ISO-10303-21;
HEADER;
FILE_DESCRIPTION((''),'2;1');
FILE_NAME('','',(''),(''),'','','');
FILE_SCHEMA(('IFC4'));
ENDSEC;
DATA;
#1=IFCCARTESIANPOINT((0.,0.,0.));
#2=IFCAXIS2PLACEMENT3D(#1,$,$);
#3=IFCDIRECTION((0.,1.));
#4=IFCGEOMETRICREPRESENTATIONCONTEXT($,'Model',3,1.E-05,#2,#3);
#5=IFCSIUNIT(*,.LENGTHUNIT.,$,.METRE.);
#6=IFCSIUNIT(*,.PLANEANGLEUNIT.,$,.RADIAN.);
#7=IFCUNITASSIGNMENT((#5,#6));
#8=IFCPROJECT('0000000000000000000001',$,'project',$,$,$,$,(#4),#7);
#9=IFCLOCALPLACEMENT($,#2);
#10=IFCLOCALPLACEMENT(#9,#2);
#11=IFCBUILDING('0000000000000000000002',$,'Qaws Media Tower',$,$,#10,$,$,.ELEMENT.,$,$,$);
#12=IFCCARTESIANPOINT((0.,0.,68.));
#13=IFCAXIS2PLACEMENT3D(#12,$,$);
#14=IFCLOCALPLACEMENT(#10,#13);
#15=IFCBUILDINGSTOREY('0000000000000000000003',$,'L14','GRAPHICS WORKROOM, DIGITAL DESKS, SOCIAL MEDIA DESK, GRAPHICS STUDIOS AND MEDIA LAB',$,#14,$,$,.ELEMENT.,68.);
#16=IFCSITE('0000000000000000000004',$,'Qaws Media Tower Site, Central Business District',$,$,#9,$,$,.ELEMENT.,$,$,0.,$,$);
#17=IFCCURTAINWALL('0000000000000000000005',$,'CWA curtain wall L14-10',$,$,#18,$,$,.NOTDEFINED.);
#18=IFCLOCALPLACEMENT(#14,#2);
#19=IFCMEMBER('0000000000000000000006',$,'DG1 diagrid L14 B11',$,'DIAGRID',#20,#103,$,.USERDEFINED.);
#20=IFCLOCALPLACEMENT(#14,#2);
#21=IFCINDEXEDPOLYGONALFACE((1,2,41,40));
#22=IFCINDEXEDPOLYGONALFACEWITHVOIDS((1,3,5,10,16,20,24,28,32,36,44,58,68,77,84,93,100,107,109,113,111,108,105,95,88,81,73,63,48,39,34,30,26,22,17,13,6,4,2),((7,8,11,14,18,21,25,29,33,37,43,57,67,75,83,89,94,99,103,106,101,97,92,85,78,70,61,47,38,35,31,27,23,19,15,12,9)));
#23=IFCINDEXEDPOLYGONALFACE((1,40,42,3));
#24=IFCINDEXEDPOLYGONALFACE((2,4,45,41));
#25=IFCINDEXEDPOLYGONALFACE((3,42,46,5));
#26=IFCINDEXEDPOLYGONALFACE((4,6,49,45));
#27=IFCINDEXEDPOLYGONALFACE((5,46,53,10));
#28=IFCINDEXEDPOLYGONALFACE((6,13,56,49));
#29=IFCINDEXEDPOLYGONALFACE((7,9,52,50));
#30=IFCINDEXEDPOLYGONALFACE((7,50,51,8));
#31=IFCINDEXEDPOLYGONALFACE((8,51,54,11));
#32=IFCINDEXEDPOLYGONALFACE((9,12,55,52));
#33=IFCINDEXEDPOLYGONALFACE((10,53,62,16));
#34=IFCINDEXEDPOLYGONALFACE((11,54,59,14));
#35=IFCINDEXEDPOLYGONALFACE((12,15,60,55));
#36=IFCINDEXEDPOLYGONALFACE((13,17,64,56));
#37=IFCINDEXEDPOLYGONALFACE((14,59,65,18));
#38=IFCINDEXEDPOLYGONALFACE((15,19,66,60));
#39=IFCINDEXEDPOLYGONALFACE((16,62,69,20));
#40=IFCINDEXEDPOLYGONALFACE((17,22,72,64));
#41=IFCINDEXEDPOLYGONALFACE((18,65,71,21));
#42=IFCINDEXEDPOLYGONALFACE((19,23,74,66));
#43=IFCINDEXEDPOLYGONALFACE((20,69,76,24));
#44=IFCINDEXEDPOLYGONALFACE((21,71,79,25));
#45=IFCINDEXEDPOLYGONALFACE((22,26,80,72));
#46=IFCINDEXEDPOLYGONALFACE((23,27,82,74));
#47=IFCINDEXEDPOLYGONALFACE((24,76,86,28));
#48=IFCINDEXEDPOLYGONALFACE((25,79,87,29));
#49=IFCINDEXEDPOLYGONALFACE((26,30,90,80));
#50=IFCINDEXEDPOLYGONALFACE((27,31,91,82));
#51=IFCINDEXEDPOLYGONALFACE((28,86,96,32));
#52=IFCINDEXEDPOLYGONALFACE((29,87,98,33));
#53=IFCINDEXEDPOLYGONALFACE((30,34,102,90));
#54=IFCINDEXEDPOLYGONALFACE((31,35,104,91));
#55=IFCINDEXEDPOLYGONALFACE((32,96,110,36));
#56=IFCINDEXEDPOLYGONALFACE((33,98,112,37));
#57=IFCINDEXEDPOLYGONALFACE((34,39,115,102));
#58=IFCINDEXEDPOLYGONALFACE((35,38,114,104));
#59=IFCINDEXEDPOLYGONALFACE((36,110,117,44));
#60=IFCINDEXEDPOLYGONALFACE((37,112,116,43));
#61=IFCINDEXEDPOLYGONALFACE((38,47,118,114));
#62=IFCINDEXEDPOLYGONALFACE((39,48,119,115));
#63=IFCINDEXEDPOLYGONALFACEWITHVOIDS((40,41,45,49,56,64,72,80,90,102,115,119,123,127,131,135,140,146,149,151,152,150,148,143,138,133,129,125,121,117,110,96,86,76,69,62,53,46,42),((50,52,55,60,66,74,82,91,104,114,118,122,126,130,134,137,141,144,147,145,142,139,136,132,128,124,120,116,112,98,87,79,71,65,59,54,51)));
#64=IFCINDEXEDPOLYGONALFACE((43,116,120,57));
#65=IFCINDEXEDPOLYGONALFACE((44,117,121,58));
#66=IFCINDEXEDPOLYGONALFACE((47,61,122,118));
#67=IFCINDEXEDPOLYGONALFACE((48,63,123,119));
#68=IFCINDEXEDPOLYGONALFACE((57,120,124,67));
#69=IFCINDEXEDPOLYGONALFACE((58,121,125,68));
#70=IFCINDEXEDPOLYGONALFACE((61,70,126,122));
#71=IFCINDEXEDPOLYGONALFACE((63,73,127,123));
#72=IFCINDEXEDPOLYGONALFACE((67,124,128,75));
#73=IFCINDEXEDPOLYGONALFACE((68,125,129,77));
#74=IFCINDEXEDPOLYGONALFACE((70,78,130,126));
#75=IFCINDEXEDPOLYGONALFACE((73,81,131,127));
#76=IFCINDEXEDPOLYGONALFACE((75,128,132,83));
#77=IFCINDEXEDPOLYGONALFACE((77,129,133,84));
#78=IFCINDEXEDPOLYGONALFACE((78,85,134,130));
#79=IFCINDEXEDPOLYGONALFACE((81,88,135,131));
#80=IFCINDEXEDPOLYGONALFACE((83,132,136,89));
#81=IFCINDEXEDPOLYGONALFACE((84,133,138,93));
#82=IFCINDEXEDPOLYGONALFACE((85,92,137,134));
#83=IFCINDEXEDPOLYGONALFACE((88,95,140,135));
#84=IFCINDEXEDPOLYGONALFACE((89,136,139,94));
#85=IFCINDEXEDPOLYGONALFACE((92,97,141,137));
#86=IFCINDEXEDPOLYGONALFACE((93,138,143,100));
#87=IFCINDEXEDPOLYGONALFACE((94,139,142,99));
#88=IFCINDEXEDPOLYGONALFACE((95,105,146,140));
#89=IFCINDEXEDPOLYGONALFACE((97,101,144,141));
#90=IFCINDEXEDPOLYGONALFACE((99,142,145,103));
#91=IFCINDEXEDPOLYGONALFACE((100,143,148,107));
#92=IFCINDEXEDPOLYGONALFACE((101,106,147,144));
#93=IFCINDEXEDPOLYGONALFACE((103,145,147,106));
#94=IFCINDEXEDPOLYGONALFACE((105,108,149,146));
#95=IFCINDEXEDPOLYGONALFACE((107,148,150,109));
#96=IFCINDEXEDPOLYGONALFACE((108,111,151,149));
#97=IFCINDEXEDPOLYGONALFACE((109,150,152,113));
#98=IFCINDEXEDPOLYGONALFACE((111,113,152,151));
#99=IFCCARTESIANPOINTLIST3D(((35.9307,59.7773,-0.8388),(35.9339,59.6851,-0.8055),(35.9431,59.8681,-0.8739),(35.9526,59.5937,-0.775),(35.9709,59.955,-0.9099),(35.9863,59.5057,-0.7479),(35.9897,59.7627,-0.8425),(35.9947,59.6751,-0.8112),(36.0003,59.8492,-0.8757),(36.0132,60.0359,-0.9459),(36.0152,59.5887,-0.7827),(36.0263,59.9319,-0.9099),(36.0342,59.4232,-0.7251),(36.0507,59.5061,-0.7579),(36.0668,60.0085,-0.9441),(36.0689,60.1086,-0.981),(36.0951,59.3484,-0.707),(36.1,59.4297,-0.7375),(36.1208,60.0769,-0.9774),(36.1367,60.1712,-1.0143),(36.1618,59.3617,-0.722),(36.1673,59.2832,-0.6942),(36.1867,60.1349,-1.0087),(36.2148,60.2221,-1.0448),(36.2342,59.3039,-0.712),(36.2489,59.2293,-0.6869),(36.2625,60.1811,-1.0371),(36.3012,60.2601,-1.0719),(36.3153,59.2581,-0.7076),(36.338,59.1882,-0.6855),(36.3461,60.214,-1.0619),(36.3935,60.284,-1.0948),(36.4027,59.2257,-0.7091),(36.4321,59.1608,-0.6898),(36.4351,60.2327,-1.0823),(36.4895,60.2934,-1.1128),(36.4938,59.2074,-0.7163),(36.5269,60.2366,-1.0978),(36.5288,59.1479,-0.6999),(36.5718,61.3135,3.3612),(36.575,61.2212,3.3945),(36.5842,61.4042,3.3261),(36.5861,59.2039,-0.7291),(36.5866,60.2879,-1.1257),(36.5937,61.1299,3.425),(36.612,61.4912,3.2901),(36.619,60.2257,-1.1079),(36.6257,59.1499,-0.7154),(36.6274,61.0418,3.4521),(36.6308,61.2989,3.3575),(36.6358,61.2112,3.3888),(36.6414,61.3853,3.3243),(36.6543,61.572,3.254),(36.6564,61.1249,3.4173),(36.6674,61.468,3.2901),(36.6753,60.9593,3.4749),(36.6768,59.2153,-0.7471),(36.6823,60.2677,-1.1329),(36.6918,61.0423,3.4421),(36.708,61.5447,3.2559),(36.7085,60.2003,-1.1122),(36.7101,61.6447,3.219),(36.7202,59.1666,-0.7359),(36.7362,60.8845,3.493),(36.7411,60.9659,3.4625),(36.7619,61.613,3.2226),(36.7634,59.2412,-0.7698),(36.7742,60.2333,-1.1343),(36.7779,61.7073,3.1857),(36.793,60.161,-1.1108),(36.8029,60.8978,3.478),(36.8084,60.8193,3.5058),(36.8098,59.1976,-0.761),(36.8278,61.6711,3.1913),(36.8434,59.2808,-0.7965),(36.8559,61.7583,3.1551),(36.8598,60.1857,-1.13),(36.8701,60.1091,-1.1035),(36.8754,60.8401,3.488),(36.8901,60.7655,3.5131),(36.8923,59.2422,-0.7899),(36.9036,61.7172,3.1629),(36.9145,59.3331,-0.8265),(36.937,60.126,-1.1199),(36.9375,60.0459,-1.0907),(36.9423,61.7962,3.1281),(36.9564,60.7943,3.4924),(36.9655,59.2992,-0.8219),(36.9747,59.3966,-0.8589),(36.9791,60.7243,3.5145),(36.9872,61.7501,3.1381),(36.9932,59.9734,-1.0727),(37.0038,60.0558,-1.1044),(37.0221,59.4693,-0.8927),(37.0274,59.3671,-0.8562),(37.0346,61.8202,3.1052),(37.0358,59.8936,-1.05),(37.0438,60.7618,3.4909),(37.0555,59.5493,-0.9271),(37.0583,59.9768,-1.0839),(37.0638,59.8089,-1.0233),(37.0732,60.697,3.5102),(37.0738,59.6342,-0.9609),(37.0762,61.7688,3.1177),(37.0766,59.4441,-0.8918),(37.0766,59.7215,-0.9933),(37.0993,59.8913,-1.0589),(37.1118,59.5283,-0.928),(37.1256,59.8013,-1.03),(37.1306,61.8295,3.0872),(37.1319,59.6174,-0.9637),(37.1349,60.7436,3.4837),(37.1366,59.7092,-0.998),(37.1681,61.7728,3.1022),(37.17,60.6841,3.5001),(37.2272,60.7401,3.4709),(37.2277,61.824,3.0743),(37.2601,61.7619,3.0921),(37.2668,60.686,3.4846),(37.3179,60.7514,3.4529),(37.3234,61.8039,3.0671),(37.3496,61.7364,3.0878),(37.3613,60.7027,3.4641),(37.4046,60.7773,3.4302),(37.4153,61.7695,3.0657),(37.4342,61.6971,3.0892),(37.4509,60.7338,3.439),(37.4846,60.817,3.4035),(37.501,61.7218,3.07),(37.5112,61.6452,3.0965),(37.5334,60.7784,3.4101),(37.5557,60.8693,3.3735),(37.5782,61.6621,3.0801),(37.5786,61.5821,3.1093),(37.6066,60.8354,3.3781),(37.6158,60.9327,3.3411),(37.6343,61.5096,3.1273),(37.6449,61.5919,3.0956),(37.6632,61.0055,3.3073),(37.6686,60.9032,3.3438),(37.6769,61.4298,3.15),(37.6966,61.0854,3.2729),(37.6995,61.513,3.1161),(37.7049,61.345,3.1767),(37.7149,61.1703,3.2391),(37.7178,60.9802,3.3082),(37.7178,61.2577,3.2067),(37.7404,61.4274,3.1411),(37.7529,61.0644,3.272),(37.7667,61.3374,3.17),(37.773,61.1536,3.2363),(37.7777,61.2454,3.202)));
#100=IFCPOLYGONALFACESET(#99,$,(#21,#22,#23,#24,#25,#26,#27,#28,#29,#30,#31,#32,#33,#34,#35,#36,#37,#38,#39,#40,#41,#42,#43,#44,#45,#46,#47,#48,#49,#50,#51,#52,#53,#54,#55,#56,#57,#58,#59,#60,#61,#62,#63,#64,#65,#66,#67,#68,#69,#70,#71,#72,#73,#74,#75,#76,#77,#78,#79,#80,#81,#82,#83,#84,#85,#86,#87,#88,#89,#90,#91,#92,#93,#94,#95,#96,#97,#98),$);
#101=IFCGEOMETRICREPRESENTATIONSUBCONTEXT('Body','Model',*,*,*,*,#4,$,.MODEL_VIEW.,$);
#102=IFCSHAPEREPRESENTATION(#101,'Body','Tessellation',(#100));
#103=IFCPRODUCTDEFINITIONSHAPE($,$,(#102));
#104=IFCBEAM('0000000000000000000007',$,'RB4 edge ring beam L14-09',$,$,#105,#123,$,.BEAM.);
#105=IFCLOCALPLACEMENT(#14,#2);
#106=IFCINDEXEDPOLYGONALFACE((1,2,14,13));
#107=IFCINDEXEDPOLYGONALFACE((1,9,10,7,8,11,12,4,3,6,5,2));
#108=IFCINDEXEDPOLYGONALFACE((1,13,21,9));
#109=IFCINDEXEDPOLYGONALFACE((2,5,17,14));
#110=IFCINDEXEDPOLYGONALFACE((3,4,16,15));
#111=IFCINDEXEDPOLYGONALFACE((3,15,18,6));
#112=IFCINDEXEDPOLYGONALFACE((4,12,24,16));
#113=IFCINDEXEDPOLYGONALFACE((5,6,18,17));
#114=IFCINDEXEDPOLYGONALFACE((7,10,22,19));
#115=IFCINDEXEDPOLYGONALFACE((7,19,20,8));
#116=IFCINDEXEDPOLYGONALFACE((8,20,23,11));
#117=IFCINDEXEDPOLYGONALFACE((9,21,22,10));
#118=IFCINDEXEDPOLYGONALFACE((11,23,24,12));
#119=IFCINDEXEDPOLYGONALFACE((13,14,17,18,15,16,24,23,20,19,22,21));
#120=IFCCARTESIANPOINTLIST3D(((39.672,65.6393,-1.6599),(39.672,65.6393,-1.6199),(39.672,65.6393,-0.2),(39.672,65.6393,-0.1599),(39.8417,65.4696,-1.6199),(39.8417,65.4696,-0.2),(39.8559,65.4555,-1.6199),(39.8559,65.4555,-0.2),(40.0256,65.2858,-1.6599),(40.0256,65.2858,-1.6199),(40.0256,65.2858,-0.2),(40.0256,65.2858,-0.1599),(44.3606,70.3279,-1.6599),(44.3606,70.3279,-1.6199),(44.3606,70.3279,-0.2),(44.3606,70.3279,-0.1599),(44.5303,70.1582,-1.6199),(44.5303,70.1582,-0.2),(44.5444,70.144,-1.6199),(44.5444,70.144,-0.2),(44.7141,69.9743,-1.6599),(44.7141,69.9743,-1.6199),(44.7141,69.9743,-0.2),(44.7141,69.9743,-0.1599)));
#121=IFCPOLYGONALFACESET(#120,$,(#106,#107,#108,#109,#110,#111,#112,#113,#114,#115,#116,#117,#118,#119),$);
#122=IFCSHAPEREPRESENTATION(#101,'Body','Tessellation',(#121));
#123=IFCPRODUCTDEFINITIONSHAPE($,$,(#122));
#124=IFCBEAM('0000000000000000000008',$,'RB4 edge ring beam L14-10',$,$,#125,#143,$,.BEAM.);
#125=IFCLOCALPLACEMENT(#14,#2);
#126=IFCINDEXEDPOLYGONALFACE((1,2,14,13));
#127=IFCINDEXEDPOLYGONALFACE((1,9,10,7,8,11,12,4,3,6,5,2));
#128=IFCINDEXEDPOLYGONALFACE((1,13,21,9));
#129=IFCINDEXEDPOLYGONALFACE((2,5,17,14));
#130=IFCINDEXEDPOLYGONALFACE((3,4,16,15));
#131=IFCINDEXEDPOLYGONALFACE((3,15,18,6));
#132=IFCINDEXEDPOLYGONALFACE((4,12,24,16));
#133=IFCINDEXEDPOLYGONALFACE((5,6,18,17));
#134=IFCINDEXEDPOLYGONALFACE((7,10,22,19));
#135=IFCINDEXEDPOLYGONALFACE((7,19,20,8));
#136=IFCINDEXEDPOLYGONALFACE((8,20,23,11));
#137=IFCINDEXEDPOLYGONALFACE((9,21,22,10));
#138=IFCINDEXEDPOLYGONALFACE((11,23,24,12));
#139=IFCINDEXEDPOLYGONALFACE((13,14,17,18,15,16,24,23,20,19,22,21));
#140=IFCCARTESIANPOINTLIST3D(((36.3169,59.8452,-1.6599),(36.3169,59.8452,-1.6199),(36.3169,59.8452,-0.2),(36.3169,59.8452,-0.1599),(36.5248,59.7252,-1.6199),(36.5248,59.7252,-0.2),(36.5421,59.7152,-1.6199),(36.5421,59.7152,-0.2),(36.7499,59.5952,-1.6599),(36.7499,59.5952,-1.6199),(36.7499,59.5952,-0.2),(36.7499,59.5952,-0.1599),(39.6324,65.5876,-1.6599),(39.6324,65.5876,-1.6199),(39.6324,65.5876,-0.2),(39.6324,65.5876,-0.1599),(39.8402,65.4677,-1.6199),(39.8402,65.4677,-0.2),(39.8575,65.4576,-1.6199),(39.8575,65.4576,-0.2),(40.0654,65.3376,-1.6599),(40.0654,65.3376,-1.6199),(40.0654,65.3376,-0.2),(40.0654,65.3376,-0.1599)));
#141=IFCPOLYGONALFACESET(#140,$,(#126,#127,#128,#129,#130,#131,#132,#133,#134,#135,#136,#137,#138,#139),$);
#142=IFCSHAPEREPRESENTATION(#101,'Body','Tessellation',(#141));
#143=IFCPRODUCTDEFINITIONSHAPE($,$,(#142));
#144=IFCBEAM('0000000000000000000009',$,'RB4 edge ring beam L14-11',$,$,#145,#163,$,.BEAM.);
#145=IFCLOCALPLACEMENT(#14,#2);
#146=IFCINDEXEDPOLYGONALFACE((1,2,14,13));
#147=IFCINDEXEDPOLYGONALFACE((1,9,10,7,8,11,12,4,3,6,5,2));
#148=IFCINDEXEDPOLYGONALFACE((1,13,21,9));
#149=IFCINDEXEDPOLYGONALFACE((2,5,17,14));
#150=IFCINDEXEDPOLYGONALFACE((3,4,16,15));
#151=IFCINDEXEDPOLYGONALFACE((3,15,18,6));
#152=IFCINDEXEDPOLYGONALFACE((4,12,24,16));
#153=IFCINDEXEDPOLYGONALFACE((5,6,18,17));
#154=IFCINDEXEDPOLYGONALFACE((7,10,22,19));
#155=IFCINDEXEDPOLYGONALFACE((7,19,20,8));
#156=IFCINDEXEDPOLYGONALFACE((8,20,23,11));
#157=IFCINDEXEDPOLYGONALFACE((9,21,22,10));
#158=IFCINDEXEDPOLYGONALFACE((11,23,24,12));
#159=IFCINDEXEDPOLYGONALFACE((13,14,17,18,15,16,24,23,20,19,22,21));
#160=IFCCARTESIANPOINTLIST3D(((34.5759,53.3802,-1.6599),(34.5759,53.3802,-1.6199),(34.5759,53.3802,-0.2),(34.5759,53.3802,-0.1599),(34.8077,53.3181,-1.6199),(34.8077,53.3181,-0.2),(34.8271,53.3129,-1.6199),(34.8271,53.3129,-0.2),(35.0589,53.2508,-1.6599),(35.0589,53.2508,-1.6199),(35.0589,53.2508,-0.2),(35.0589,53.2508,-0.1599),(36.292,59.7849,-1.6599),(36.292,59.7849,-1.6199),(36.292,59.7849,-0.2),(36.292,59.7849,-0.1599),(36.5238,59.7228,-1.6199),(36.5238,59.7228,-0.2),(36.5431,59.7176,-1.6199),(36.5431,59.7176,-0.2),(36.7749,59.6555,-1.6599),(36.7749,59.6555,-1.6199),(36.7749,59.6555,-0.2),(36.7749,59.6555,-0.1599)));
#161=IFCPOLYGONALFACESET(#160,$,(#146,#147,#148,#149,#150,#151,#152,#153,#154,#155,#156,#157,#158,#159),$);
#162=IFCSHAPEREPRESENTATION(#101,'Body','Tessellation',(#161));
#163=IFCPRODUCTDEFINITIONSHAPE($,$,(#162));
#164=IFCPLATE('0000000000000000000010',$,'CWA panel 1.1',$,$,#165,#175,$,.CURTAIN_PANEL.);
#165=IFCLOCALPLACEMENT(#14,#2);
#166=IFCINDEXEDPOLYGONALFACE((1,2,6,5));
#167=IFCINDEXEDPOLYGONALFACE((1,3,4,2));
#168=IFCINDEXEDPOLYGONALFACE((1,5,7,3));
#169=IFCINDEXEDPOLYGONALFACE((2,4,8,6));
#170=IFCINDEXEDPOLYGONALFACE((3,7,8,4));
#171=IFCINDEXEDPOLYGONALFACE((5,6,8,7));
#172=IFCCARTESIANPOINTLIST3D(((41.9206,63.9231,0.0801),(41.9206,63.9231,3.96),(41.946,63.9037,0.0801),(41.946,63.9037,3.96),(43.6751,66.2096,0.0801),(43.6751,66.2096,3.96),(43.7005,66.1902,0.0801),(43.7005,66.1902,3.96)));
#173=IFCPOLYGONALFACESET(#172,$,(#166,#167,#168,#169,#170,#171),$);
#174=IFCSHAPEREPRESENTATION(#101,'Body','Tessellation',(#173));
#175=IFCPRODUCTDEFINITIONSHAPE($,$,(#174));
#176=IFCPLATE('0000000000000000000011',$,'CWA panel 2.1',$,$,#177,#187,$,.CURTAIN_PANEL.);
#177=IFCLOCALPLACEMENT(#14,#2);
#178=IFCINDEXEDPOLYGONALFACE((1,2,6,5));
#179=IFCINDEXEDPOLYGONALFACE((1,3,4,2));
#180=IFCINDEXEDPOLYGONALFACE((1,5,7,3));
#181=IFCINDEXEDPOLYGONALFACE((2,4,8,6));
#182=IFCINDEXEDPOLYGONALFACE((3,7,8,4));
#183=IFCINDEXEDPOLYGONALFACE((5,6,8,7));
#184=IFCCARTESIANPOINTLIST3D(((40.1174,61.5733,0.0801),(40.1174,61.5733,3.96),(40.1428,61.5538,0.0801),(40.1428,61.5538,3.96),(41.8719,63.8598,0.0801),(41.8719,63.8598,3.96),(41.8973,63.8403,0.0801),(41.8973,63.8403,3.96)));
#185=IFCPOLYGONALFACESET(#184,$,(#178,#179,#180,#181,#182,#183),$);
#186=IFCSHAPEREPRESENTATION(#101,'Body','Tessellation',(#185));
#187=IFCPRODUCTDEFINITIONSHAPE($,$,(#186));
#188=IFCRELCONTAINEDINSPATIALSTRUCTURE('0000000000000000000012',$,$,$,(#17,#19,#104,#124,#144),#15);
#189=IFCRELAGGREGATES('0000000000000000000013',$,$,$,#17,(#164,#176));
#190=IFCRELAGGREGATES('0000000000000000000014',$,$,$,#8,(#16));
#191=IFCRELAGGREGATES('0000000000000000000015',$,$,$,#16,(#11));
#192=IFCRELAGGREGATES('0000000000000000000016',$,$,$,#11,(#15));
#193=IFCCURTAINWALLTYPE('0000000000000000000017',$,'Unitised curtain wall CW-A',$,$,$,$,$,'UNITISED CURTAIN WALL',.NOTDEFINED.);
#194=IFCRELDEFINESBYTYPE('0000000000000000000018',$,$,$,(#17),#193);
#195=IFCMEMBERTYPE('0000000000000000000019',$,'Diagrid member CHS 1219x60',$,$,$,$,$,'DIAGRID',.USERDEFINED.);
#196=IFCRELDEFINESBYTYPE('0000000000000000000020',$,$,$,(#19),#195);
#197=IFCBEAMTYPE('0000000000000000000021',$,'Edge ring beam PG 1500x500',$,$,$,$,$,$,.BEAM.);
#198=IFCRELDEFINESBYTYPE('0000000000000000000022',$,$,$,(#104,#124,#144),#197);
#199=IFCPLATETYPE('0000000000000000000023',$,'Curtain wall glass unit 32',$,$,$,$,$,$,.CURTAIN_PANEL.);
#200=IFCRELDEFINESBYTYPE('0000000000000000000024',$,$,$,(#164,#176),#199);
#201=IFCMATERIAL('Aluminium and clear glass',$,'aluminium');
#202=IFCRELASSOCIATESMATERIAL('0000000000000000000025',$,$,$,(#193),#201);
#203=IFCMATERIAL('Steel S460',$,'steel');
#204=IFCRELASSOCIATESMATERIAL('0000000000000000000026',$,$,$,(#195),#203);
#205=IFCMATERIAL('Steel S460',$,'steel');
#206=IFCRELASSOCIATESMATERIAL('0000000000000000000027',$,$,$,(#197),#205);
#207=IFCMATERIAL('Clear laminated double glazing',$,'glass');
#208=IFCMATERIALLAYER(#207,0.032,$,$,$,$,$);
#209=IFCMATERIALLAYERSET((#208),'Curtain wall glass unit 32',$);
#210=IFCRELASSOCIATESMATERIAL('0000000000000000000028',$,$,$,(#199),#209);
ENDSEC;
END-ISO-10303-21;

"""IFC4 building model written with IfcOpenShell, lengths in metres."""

from ifc_helpers import new_model, si_unit, direction, frame, origin, origin_2d, place, context, subcontext, project, spatial, rectangle, hollow_circle, i_section, extrude, material, layer, layer_set, material_profile, profile_set, type_object, element, aggregate, save


model = new_model("IFC4")

# Units and contexts
model_context = context("Model", 3, precision=1e-05, world=origin(), true_north=direction((0.0, 1.0)))
body_context = subcontext(model_context, "Body", "Model", "MODEL_VIEW")
ifc_project = project(units=[si_unit("LENGTHUNIT", "METRE"), si_unit("PLANEANGLEUNIT", "RADIAN")], contexts=[model_context])

# Site, building, storey
site_placement = place(None, origin())
site = spatial("IfcSite", under=ifc_project, at=site_placement, Name="Qaws Media Tower Site, Central Business District", CompositionType="ELEMENT", RefElevation=0.0)
building_placement = place(site_placement, origin())
building = spatial("IfcBuilding", under=site, at=building_placement, Name="Qaws Media Tower", CompositionType="ELEMENT")
storey_placement = place(building_placement, frame((0.0, 0.0, 68.0)))
storey = spatial("IfcBuildingStorey", under=building, at=storey_placement, Name="L14", Description="GRAPHICS WORKROOM, DIGITAL DESKS, SOCIAL MEDIA DESK, GRAPHICS STUDIOS AND MEDIA LAB", CompositionType="ELEMENT", Elevation=68.0)

# Shared definitions
ifc_material_1 = material(Name="Aluminium and clear glass", Category="aluminium")
curtain_wall_type = type_object("IfcCurtainWallType", Name="Unitised curtain wall CW-A", ElementType="UNITISED CURTAIN WALL", PredefinedType="NOTDEFINED", material=ifc_material_1)

# Curtain wall
curtain_wall_1_placement = place(storey_placement, origin())
curtain_wall_1 = element("IfcCurtainWall", 1, at=curtain_wall_1_placement, inside=storey, type_object=curtain_wall_type, Name="CWA curtain wall L14-10", PredefinedType="NOTDEFINED")

# Member
ifc_material_2 = material(Name="Steel S460", Category="steel")
ifc_material_profile_1 = material_profile(ifc_material_2, hollow_circle(Radius=0.6096, WallThickness=0.0601, at=origin_2d()), Name="CHS 1219x60")
ifc_profile_set_1 = profile_set([ifc_material_profile_1], Name="Steel S460")
member_type_1 = type_object("IfcMemberType", Name="Diagrid member CHS 1219x60", ElementType="DIAGRID", PredefinedType="USERDEFINED", material=ifc_profile_set_1)
for number, where, z_axis, x_axis, name in (
    (2, (36.5334, 59.7202, -0.9099), (0.141909, 0.34002, 0.92965), (-0.922851, 0.385157, 0.0), "DG1 diagrid L14 B11"),
):
    element("IfcMember", number, at=place(storey_placement, frame(where, z_axis=z_axis, x_axis=x_axis)), inside=storey, type_object=member_type_1, Name=name, ObjectType="DIAGRID", PredefinedType="USERDEFINED", context=body_context, shape_type="SweptSolid", body=[
        extrude(hollow_circle(Radius=0.6096, WallThickness=0.0601, at=origin_2d()), origin(), (0.0, 0.0, 1.0), 4.5178),
    ])

# Beams
ifc_material_3 = material(Name="Steel S460", Category="steel")
ifc_material_profile_2 = material_profile(ifc_material_3, i_section(OverallWidth=0.5, OverallDepth=1.5, WebThickness=0.02, FlangeThickness=0.04, at=origin_2d()), Name="PG 1500x500")
ifc_profile_set_2 = profile_set([ifc_material_profile_2], Name="Steel S460")
beam_type = type_object("IfcBeamType", Name="Edge ring beam PG 1500x500", PredefinedType="BEAM", material=ifc_profile_set_2)
beam_1_placement = place(storey_placement, frame((44.5374, 70.1511, -0.9099), z_axis=(-0.707107, -0.707107, 0.0), x_axis=(0.707107, -0.707107, 0.0)))
element("IfcBeam", 3, at=beam_1_placement, inside=storey, type_object=beam_type, Name="RB4 edge ring beam L14-09", PredefinedType="BEAM", context=body_context, shape_type="SweptSolid", body=[
    extrude(i_section(OverallWidth=0.5, OverallDepth=1.5, WebThickness=0.02, FlangeThickness=0.04, at=origin_2d()), origin(), (0.0, 0.0, 1.0), 6.6306),
])
beam_2_placement = place(storey_placement, frame((39.8489, 65.4626, -0.9099), z_axis=(-0.500004, -0.866023, 0.0), x_axis=(0.866023, -0.500004, 0.0)))
element("IfcBeam", 4, at=beam_2_placement, inside=storey, type_object=beam_type, Name="RB4 edge ring beam L14-10", PredefinedType="BEAM", context=body_context, shape_type="SweptSolid", body=[
    extrude(i_section(OverallWidth=0.5, OverallDepth=1.5, WebThickness=0.02, FlangeThickness=0.04, at=origin_2d()), origin(), (0.0, 0.0, 1.0), 6.6309),
])
beam_3_placement = place(storey_placement, frame((36.5334, 59.7202, -0.9099), z_axis=(-0.258806, -0.965929, 0.0), x_axis=(0.965929, -0.258806, 0.0)))
element("IfcBeam", 5, at=beam_3_placement, inside=storey, type_object=beam_type, Name="RB4 edge ring beam L14-11", PredefinedType="BEAM", context=body_context, shape_type="SweptSolid", body=[
    extrude(i_section(OverallWidth=0.5, OverallDepth=1.5, WebThickness=0.02, FlangeThickness=0.04, at=origin_2d()), origin(), (0.0, 0.0, 1.0), 6.6306),
])

# Plates
ifc_material_4 = material(Name="Clear laminated double glazing", Category="glass")
ifc_layer_1 = layer(ifc_material_4, 0.032)
ifc_layer_set_1 = layer_set([ifc_layer_1], Name="Curtain wall glass unit 32")
plate_type_1 = type_object("IfcPlateType", Name="Curtain wall glass unit 32", PredefinedType="CURTAIN_PANEL", material=ifc_layer_set_1)
plate_1_placement = place(storey_placement, frame((42.8105, 65.0566, 0.0801), z_axis=(0.0, 0.0, 1.0), x_axis=(-0.608761, -0.793353, 0.0)))
plate_1 = element("IfcPlate", 6, at=plate_1_placement, type_object=plate_type_1, Name="CWA panel 1.1", PredefinedType="CURTAIN_PANEL", context=body_context, shape_type="SweptSolid", body=[
    extrude(rectangle(XDim=2.8821, YDim=0.032, at=origin_2d()), origin(), (0.0, 0.0, 1.0), 3.8799),
])
plate_2_placement = place(storey_placement, frame((41.0073, 62.7068, 0.0801), z_axis=(0.0, 0.0, 1.0), x_axis=(-0.608761, -0.793353, 0.0)))
plate_2 = element("IfcPlate", 7, at=plate_2_placement, type_object=plate_type_1, Name="CWA panel 2.1", PredefinedType="CURTAIN_PANEL", context=body_context, shape_type="SweptSolid", body=[
    extrude(rectangle(XDim=2.8821, YDim=0.032, at=origin_2d()), origin(), (0.0, 0.0, 1.0), 3.8799),
])
aggregate(curtain_wall_1, [plate_1, plate_2])

save(model, "model.ifc")
